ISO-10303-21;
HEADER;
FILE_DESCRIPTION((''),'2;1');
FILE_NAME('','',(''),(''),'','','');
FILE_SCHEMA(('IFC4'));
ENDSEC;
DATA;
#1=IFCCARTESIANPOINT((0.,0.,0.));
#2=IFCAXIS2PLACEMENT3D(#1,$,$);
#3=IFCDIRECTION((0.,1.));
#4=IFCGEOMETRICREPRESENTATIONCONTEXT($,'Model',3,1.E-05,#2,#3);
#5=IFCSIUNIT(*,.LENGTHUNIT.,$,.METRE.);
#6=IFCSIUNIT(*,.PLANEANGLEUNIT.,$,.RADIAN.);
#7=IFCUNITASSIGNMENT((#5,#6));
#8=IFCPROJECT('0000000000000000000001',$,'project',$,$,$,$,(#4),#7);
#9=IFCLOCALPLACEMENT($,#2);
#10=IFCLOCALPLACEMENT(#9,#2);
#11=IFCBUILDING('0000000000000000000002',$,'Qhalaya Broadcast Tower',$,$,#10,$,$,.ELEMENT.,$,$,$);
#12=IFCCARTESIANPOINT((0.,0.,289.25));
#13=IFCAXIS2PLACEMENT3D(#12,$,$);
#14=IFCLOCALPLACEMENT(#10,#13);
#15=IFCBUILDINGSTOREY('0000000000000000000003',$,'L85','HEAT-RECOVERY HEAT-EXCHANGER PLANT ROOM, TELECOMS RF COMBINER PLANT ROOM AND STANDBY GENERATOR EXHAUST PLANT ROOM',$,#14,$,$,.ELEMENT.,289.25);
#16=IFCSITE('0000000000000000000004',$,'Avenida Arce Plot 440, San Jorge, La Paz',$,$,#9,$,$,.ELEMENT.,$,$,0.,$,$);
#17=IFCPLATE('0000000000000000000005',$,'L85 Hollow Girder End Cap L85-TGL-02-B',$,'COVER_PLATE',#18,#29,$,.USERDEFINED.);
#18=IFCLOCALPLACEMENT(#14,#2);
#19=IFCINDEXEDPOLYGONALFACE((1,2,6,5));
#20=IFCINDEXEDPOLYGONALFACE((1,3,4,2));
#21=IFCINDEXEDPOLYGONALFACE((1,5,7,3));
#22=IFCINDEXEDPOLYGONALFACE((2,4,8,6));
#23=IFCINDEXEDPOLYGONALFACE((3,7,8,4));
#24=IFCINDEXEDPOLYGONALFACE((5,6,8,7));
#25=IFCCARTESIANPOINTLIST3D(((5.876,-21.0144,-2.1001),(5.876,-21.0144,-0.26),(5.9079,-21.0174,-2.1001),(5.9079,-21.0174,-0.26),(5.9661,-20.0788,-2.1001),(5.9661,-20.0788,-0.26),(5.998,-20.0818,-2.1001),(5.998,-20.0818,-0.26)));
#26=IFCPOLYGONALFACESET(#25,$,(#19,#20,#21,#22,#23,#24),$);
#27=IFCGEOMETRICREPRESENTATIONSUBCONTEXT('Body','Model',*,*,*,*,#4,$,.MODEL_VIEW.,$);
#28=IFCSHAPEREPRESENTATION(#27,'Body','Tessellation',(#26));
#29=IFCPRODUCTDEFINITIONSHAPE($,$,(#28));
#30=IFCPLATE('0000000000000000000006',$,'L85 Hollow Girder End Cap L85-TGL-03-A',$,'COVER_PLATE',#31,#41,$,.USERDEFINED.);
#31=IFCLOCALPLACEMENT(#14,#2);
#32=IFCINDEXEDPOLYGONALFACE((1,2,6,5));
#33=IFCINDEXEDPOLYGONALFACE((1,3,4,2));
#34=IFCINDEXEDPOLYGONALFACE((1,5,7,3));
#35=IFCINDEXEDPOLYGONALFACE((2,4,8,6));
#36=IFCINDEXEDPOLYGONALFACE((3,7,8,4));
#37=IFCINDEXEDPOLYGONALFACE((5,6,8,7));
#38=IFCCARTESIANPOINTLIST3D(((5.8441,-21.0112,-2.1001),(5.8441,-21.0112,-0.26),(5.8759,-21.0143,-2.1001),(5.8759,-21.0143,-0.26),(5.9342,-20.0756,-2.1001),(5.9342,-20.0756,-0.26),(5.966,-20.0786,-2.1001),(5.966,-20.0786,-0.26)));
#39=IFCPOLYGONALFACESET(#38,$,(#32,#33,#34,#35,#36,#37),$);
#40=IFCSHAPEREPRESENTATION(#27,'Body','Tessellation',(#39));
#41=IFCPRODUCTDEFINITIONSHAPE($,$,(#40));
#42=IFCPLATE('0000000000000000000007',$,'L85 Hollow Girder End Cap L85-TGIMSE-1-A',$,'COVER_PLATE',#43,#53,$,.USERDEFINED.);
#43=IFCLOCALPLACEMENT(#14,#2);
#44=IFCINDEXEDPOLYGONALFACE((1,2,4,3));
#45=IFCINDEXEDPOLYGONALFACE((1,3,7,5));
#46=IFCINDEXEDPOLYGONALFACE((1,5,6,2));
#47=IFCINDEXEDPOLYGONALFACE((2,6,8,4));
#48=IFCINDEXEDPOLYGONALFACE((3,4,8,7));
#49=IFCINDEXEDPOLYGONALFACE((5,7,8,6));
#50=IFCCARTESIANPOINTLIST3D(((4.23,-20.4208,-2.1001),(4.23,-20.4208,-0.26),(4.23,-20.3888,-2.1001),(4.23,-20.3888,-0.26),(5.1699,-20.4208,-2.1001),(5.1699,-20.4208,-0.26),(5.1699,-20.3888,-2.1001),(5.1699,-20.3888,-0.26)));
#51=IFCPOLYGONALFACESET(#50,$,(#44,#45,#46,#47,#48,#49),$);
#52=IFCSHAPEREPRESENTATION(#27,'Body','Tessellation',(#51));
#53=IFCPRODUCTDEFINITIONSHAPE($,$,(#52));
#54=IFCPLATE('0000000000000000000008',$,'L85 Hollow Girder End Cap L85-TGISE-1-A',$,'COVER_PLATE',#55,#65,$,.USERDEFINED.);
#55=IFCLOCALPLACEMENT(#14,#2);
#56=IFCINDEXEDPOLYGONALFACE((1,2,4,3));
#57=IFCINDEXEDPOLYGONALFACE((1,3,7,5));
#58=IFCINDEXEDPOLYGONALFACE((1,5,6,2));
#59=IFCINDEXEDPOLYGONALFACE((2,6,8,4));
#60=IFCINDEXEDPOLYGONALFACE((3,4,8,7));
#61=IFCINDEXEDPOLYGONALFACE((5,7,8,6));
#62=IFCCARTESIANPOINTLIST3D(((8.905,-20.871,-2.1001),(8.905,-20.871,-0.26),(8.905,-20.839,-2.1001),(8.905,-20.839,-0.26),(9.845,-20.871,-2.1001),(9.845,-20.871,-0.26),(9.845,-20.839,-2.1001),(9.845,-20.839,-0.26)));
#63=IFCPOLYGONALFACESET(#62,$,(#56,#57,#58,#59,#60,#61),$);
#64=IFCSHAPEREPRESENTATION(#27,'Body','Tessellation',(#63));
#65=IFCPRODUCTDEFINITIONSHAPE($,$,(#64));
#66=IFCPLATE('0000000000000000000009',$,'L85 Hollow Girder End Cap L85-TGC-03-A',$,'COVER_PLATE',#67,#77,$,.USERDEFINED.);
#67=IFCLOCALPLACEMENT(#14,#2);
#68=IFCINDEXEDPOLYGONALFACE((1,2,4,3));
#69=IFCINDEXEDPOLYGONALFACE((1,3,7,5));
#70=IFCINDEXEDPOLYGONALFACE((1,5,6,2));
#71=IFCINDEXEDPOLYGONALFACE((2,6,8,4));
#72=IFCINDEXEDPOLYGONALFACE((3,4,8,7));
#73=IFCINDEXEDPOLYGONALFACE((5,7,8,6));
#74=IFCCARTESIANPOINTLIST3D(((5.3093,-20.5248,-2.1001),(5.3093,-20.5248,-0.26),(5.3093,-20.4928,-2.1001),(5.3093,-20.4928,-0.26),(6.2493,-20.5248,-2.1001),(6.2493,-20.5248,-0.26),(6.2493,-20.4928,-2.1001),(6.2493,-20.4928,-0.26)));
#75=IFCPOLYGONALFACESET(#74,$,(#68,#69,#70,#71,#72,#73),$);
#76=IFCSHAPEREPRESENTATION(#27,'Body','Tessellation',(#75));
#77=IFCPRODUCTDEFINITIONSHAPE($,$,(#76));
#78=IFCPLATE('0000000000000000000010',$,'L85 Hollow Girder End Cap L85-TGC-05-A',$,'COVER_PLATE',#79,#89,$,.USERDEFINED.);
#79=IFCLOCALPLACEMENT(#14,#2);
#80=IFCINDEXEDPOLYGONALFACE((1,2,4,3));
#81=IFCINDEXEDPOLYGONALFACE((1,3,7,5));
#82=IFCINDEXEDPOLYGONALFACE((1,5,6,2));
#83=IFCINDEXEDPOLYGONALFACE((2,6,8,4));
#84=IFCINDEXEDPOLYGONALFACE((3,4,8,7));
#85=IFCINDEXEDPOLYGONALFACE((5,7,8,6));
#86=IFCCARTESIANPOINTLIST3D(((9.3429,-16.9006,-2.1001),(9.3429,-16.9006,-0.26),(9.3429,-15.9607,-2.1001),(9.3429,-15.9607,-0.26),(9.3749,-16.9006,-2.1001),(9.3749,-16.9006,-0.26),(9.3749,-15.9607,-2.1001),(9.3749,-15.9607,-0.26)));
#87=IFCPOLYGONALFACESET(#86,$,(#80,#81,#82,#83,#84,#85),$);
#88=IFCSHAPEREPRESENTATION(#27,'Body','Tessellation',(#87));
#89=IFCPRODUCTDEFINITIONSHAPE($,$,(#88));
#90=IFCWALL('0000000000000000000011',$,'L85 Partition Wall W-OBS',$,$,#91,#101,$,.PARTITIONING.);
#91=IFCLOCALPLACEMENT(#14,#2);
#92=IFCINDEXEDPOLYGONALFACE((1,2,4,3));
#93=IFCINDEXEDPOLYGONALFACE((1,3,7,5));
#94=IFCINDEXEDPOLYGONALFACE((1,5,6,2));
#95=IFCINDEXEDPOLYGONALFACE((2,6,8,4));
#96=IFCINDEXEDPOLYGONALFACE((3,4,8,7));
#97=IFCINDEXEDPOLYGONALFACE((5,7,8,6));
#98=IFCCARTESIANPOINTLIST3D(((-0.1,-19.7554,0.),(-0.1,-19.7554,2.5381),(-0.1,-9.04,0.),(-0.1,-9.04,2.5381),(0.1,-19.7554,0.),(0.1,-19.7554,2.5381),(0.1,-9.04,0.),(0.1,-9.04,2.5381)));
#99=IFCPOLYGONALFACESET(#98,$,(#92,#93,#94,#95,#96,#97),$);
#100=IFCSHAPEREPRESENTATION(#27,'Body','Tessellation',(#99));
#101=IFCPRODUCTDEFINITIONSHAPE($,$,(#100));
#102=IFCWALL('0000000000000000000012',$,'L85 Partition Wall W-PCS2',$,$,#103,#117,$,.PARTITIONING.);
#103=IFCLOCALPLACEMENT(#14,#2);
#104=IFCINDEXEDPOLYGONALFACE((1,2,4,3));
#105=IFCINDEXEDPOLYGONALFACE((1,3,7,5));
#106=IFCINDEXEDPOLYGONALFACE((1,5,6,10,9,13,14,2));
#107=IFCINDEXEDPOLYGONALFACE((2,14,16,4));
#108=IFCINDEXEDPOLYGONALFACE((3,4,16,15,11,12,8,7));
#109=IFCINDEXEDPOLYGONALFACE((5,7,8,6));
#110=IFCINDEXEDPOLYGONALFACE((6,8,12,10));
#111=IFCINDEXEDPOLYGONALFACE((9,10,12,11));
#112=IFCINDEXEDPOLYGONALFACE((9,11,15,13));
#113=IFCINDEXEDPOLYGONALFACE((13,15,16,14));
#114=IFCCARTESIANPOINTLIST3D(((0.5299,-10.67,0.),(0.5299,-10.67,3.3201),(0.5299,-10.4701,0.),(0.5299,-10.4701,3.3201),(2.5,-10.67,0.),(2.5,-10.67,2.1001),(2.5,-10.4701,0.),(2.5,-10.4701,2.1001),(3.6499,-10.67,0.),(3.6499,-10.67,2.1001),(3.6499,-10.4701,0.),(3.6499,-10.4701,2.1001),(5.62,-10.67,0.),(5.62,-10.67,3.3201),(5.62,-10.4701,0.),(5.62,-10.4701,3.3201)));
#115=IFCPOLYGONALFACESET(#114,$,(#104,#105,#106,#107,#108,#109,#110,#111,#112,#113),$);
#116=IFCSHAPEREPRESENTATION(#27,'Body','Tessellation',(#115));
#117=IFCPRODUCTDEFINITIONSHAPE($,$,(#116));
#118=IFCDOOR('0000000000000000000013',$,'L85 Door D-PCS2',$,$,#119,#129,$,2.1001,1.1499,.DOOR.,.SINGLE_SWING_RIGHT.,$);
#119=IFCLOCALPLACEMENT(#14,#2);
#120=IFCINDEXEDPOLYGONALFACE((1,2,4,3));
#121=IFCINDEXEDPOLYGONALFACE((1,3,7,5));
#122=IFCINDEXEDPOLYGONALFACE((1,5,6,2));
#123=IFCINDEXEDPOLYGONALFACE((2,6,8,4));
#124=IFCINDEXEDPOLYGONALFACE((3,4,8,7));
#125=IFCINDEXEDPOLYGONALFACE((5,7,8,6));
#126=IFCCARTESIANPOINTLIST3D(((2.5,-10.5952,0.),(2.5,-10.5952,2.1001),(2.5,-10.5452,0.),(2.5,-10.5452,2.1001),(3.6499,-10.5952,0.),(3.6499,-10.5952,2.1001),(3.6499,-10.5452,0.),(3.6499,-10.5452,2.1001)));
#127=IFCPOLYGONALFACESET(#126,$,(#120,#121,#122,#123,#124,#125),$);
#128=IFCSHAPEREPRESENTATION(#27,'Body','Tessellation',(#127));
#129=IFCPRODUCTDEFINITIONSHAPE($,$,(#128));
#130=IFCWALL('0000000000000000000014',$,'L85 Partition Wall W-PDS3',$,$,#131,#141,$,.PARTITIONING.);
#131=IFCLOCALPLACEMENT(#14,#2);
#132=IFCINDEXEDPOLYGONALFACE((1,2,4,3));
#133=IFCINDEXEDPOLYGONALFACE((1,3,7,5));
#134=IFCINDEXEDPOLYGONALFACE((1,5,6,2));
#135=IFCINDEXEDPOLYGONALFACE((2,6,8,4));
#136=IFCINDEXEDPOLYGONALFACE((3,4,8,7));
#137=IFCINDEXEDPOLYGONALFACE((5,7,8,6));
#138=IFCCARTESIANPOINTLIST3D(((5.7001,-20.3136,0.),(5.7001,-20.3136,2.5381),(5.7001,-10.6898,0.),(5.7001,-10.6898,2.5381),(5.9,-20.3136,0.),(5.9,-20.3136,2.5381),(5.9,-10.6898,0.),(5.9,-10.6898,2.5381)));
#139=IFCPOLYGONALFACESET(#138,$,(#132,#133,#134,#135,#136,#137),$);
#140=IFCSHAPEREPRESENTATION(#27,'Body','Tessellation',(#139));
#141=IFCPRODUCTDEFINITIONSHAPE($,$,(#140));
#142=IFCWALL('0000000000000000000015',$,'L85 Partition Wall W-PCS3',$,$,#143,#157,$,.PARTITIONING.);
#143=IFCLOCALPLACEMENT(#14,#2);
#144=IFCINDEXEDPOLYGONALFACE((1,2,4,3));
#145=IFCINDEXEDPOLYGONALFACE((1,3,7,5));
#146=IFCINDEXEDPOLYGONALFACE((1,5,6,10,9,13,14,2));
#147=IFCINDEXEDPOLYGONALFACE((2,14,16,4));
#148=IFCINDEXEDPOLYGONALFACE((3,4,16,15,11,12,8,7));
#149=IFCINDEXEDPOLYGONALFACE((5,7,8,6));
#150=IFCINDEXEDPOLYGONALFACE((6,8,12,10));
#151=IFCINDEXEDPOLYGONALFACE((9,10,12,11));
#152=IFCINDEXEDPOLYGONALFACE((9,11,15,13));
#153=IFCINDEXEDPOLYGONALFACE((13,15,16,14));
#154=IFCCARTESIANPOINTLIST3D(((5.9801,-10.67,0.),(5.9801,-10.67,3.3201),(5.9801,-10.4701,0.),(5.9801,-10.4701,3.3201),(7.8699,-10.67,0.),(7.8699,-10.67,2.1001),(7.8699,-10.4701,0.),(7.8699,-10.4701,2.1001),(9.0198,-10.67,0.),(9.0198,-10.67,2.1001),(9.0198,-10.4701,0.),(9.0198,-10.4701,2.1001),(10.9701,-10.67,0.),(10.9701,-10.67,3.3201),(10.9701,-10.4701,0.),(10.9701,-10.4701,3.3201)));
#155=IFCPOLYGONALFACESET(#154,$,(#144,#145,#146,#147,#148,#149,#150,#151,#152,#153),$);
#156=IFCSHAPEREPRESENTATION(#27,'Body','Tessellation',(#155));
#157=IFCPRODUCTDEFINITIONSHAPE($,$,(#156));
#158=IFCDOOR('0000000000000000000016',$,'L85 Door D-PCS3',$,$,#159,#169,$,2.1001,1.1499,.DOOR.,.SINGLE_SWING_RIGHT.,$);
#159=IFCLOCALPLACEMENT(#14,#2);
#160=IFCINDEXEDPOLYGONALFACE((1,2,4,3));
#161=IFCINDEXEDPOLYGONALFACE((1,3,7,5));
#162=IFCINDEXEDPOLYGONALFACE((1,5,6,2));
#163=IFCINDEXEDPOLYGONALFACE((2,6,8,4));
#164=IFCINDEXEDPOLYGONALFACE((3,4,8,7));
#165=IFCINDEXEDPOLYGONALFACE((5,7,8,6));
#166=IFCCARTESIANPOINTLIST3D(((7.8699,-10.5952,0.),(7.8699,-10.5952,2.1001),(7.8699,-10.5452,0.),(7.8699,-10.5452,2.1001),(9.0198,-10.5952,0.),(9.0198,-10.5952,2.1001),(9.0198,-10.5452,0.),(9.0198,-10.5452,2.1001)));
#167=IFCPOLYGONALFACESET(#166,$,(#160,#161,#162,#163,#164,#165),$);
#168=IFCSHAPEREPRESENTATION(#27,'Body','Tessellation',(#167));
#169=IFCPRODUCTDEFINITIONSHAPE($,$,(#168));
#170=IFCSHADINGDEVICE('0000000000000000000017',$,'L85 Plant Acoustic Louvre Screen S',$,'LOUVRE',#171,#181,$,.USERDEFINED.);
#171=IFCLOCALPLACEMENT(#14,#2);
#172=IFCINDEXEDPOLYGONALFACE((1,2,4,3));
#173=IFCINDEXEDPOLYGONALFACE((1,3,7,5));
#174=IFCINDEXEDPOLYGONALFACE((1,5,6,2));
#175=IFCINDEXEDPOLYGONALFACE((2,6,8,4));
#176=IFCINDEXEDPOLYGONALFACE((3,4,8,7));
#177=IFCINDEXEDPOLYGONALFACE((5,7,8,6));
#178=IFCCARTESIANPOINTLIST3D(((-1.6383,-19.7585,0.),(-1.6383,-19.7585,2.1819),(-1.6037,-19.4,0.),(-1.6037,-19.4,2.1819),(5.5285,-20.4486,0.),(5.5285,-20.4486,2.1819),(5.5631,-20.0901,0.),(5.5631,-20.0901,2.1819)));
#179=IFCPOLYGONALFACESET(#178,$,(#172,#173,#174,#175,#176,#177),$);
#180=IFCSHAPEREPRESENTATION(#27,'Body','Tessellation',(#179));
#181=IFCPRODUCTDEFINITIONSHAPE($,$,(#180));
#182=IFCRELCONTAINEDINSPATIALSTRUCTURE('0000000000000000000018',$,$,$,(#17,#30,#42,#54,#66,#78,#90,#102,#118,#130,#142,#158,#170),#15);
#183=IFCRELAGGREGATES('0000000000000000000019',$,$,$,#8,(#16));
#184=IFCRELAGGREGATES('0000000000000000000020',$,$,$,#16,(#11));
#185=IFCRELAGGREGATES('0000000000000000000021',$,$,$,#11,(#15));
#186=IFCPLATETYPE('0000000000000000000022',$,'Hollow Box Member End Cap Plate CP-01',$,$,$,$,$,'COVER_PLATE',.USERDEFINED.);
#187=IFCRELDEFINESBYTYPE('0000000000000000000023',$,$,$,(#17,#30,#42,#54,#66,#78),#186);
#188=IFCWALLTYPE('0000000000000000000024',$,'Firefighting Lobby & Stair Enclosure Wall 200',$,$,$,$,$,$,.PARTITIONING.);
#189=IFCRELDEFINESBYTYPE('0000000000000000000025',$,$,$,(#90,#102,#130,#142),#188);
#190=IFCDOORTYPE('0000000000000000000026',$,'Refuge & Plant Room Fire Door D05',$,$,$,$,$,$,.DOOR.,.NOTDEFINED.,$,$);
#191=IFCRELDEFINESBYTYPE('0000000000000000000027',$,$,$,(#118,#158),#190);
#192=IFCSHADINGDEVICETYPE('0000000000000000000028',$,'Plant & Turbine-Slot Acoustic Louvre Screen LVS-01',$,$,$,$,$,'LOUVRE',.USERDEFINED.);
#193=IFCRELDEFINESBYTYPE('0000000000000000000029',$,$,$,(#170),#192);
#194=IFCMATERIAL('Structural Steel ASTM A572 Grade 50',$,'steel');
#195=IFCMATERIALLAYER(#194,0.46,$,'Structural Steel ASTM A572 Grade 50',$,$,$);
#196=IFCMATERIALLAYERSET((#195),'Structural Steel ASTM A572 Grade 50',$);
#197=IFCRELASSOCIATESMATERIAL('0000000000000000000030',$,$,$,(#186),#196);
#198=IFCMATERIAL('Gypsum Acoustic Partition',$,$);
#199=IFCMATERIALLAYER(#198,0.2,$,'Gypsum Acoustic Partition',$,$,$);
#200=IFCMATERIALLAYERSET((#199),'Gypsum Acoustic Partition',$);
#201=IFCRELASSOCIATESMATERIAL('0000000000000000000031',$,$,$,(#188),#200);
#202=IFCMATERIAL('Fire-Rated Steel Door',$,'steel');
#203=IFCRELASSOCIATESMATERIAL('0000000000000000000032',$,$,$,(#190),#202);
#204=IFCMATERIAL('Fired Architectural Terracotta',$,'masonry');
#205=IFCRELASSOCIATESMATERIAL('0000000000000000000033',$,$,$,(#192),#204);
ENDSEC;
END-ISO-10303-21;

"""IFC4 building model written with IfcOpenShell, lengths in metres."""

from ifc_helpers import new_model, si_unit, direction, frame, frame_2d, origin, origin_2d, place, context, subcontext, project, spatial, rectangle, extrude, material, layer, layer_set, type_object, element, fill, save


model = new_model("IFC4")

# Units and contexts
model_context = context("Model", 3, precision=1e-05, world=origin(), true_north=direction((0.0, 1.0)))
body_context = subcontext(model_context, "Body", "Model", "MODEL_VIEW")
ifc_project = project(units=[si_unit("LENGTHUNIT", "METRE"), si_unit("PLANEANGLEUNIT", "RADIAN")], contexts=[model_context])

# Site, building, storey
site_placement = place(None, origin())
site = spatial("IfcSite", under=ifc_project, at=site_placement, Name="Avenida Arce Plot 440, San Jorge, La Paz", CompositionType="ELEMENT", RefElevation=0.0)
building_placement = place(site_placement, origin())
building = spatial("IfcBuilding", under=site, at=building_placement, Name="Qhalaya Broadcast Tower", CompositionType="ELEMENT")
storey_placement = place(building_placement, frame((0.0, 0.0, 289.25)))
storey = spatial("IfcBuildingStorey", under=building, at=storey_placement, Name="L85", Description="HEAT-RECOVERY HEAT-EXCHANGER PLANT ROOM, TELECOMS RF COMBINER PLANT ROOM AND STANDBY GENERATOR EXHAUST PLANT ROOM", CompositionType="ELEMENT", Elevation=289.25)

# Shared definitions
ifc_material_1 = material(Name="Structural Steel ASTM A572 Grade 50", Category="steel")

# Plates
ifc_layer_1 = layer(ifc_material_1, 0.46, Name="Structural Steel ASTM A572 Grade 50")
ifc_layer_set_1 = layer_set([ifc_layer_1], Name="Structural Steel ASTM A572 Grade 50")
plate_type = type_object("IfcPlateType", Name="Hollow Box Member End Cap Plate CP-01", ElementType="COVER_PLATE", PredefinedType="USERDEFINED", material=ifc_layer_set_1)
for number, where, z_axis, x_axis, name in (
    (1, (5.937, -20.5481, -2.1001), (0.0, 0.0, 1.0), (0.095846, 0.995396, 0.0), "L85 Hollow Girder End Cap L85-TGL-02-B"),
    (2, (5.905, -20.5449, -2.1001), (0.0, 0.0, 1.0), (0.095846, 0.995396, 0.0), "L85 Hollow Girder End Cap L85-TGL-03-A"),
    (3, (4.7, -20.4048, -2.1001), (0.0, 0.0, 1.0), (-1.0, 0.0, 0.0), "L85 Hollow Girder End Cap L85-TGIMSE-1-A"),
    (4, (9.375, -20.855, -2.1001), (0.0, 0.0, 1.0), (-1.0, 0.0, 0.0), "L85 Hollow Girder End Cap L85-TGISE-1-A"),
    (5, (5.7793, -20.5088, -2.1001), (0.0, 0.0, 1.0), (-1.0, 0.0, 0.0), "L85 Hollow Girder End Cap L85-TGC-03-A"),
    (6, (9.3589, -16.4307, -2.1001), (0.0, 0.0, 1.0), (0.0, 1.0, 0.0), "L85 Hollow Girder End Cap L85-TGC-05-A"),
):
    element("IfcPlate", number, at=place(storey_placement, frame(where, z_axis=z_axis, x_axis=x_axis)), inside=storey, type_object=plate_type, Name=name, ObjectType="COVER_PLATE", PredefinedType="USERDEFINED", context=body_context, shape_type="SweptSolid", body=[
        extrude(rectangle(XDim=0.9399, YDim=0.032, at=origin_2d()), origin(), (0.0, 0.0, 1.0), 1.8401),
    ])

# Wall
ifc_material_2 = material(Name="Gypsum Acoustic Partition")
ifc_layer_2 = layer(ifc_material_2, 0.2, Name="Gypsum Acoustic Partition")
ifc_layer_set_2 = layer_set([ifc_layer_2], Name="Gypsum Acoustic Partition")
wall_type = type_object("IfcWallType", Name="Firefighting Lobby & Stair Enclosure Wall 200", PredefinedType="PARTITIONING", material=ifc_layer_set_2)
wall_1_placement = place(storey_placement, frame((0.0, -19.7554, 0.0), z_axis=(0.0, 0.0, 1.0), x_axis=(0.0, 1.0, 0.0)))
element("IfcWall", 7, at=wall_1_placement, inside=storey, type_object=wall_type, Name="L85 Partition Wall W-OBS", PredefinedType="PARTITIONING", context=body_context, shape_type="SweptSolid", body=[
    extrude(rectangle(XDim=10.7153, YDim=0.2, at=frame_2d((5.3577, 0.0))), origin(), (0.0, 0.0, 1.0), 2.5381),
])

# Wall, opening, door
wall_2_placement = place(storey_placement, frame((0.53, -10.5701, 0.0), z_axis=(0.0, 0.0, 1.0), x_axis=(1.0, 0.0, 0.0)))
wall_2 = element("IfcWall", 8, at=wall_2_placement, inside=storey, type_object=wall_type, Name="L85 Partition Wall W-PCS2", PredefinedType="PARTITIONING", context=body_context, shape_type="SweptSolid", body=[
    extrude(rectangle(XDim=5.0901, YDim=0.2, at=frame_2d((2.5449, 0.0))), origin(), (0.0, 0.0, 1.0), 3.3201),
])
opening_1_placement = place(wall_2_placement, frame((1.97, 0.0, 0.0)))
opening_1 = element("IfcOpeningElement", 9, at=opening_1_placement, cuts=wall_2, PredefinedType="OPENING", context=body_context, shape_type="SweptSolid", body=[
    extrude(rectangle(XDim=1.1499, YDim=2.1001, at=frame_2d((0.575, 1.05))), frame((0.0, 0.1121, 0.0), z_axis=(0.0, -1.0, 0.0), x_axis=(1.0, 0.0, 0.0)), (0.0, 0.0, 1.0), 0.2239),
])
ifc_material_3 = material(Name="Fire-Rated Steel Door", Category="steel")
door_type = type_object("IfcDoorType", Name="Refuge & Plant Room Fire Door D05", OperationType="NOTDEFINED", PredefinedType="DOOR", material=ifc_material_3)
door_1_placement = place(opening_1_placement, origin())
door_1 = element("IfcDoor", 10, at=door_1_placement, inside=storey, type_object=door_type, Name="L85 Door D-PCS2", OperationType="SINGLE_SWING_RIGHT", OverallHeight=2.1001, OverallWidth=1.1499, PredefinedType="DOOR", context=body_context, shape_type="SweptSolid", body=[
    extrude(rectangle(XDim=1.1499, YDim=2.1001, at=frame_2d((0.575, 1.05))), frame((0.0, 0.0249, 0.0), z_axis=(0.0, -1.0, 0.0), x_axis=(1.0, 0.0, 0.0)), (0.0, 0.0, 1.0), 0.05),
])
fill(opening_1, door_1)

# Wall
wall_3_placement = place(storey_placement, frame((5.8, -20.3137, 0.0), z_axis=(0.0, 0.0, 1.0), x_axis=(0.0, 1.0, 0.0)))
element("IfcWall", 11, at=wall_3_placement, inside=storey, type_object=wall_type, Name="L85 Partition Wall W-PDS3", PredefinedType="PARTITIONING", context=body_context, shape_type="SweptSolid", body=[
    extrude(rectangle(XDim=9.6238, YDim=0.2, at=frame_2d((4.812, 0.0))), origin(), (0.0, 0.0, 1.0), 2.5381),
])

# Wall, opening, door
wall_4_placement = place(storey_placement, frame((5.98, -10.5701, 0.0), z_axis=(0.0, 0.0, 1.0), x_axis=(1.0, 0.0, 0.0)))
wall_4 = element("IfcWall", 12, at=wall_4_placement, inside=storey, type_object=wall_type, Name="L85 Partition Wall W-PCS3", PredefinedType="PARTITIONING", context=body_context, shape_type="SweptSolid", body=[
    extrude(rectangle(XDim=4.99, YDim=0.2, at=frame_2d((2.4951, 0.0))), origin(), (0.0, 0.0, 1.0), 3.3201),
])
opening_2_placement = place(wall_4_placement, frame((1.8899, 0.0, 0.0)))
opening_2 = element("IfcOpeningElement", 13, at=opening_2_placement, cuts=wall_4, PredefinedType="OPENING", context=body_context, shape_type="SweptSolid", body=[
    extrude(rectangle(XDim=1.1499, YDim=2.1001, at=frame_2d((0.575, 1.05))), frame((0.0, 0.1121, 0.0), z_axis=(0.0, -1.0, 0.0), x_axis=(1.0, 0.0, 0.0)), (0.0, 0.0, 1.0), 0.2239),
])
door_2_placement = place(opening_2_placement, origin())
door_2 = element("IfcDoor", 14, at=door_2_placement, inside=storey, type_object=door_type, Name="L85 Door D-PCS3", OperationType="SINGLE_SWING_RIGHT", OverallHeight=2.1001, OverallWidth=1.1499, PredefinedType="DOOR", context=body_context, shape_type="SweptSolid", body=[
    extrude(rectangle(XDim=1.1499, YDim=2.1001, at=frame_2d((0.575, 1.05))), frame((0.0, 0.0249, 0.0), z_axis=(0.0, -1.0, 0.0), x_axis=(1.0, 0.0, 0.0)), (0.0, 0.0, 1.0), 0.05),
])
fill(opening_2, door_2)

# Shading device
ifc_material_4 = material(Name="Fired Architectural Terracotta", Category="masonry")
shading_device_type = type_object("IfcShadingDeviceType", Name="Plant & Turbine-Slot Acoustic Louvre Screen LVS-01", ElementType="LOUVRE", PredefinedType="USERDEFINED", material=ifc_material_4)
shading_device_placement = place(storey_placement, frame((1.9624, -19.9243, 0.0), z_axis=(0.0, 0.0, 1.0), x_axis=(-0.995396, 0.095846, 0.0)))
element("IfcShadingDevice", 15, at=shading_device_placement, inside=storey, type_object=shading_device_type, Name="L85 Plant Acoustic Louvre Screen S", ObjectType="LOUVRE", PredefinedType="USERDEFINED", context=body_context, shape_type="SweptSolid", body=[
    extrude(rectangle(XDim=7.2, YDim=0.3601, at=origin_2d()), origin(), (0.0, 0.0, 1.0), 2.1819),
])

save(model, "model.ifc")
